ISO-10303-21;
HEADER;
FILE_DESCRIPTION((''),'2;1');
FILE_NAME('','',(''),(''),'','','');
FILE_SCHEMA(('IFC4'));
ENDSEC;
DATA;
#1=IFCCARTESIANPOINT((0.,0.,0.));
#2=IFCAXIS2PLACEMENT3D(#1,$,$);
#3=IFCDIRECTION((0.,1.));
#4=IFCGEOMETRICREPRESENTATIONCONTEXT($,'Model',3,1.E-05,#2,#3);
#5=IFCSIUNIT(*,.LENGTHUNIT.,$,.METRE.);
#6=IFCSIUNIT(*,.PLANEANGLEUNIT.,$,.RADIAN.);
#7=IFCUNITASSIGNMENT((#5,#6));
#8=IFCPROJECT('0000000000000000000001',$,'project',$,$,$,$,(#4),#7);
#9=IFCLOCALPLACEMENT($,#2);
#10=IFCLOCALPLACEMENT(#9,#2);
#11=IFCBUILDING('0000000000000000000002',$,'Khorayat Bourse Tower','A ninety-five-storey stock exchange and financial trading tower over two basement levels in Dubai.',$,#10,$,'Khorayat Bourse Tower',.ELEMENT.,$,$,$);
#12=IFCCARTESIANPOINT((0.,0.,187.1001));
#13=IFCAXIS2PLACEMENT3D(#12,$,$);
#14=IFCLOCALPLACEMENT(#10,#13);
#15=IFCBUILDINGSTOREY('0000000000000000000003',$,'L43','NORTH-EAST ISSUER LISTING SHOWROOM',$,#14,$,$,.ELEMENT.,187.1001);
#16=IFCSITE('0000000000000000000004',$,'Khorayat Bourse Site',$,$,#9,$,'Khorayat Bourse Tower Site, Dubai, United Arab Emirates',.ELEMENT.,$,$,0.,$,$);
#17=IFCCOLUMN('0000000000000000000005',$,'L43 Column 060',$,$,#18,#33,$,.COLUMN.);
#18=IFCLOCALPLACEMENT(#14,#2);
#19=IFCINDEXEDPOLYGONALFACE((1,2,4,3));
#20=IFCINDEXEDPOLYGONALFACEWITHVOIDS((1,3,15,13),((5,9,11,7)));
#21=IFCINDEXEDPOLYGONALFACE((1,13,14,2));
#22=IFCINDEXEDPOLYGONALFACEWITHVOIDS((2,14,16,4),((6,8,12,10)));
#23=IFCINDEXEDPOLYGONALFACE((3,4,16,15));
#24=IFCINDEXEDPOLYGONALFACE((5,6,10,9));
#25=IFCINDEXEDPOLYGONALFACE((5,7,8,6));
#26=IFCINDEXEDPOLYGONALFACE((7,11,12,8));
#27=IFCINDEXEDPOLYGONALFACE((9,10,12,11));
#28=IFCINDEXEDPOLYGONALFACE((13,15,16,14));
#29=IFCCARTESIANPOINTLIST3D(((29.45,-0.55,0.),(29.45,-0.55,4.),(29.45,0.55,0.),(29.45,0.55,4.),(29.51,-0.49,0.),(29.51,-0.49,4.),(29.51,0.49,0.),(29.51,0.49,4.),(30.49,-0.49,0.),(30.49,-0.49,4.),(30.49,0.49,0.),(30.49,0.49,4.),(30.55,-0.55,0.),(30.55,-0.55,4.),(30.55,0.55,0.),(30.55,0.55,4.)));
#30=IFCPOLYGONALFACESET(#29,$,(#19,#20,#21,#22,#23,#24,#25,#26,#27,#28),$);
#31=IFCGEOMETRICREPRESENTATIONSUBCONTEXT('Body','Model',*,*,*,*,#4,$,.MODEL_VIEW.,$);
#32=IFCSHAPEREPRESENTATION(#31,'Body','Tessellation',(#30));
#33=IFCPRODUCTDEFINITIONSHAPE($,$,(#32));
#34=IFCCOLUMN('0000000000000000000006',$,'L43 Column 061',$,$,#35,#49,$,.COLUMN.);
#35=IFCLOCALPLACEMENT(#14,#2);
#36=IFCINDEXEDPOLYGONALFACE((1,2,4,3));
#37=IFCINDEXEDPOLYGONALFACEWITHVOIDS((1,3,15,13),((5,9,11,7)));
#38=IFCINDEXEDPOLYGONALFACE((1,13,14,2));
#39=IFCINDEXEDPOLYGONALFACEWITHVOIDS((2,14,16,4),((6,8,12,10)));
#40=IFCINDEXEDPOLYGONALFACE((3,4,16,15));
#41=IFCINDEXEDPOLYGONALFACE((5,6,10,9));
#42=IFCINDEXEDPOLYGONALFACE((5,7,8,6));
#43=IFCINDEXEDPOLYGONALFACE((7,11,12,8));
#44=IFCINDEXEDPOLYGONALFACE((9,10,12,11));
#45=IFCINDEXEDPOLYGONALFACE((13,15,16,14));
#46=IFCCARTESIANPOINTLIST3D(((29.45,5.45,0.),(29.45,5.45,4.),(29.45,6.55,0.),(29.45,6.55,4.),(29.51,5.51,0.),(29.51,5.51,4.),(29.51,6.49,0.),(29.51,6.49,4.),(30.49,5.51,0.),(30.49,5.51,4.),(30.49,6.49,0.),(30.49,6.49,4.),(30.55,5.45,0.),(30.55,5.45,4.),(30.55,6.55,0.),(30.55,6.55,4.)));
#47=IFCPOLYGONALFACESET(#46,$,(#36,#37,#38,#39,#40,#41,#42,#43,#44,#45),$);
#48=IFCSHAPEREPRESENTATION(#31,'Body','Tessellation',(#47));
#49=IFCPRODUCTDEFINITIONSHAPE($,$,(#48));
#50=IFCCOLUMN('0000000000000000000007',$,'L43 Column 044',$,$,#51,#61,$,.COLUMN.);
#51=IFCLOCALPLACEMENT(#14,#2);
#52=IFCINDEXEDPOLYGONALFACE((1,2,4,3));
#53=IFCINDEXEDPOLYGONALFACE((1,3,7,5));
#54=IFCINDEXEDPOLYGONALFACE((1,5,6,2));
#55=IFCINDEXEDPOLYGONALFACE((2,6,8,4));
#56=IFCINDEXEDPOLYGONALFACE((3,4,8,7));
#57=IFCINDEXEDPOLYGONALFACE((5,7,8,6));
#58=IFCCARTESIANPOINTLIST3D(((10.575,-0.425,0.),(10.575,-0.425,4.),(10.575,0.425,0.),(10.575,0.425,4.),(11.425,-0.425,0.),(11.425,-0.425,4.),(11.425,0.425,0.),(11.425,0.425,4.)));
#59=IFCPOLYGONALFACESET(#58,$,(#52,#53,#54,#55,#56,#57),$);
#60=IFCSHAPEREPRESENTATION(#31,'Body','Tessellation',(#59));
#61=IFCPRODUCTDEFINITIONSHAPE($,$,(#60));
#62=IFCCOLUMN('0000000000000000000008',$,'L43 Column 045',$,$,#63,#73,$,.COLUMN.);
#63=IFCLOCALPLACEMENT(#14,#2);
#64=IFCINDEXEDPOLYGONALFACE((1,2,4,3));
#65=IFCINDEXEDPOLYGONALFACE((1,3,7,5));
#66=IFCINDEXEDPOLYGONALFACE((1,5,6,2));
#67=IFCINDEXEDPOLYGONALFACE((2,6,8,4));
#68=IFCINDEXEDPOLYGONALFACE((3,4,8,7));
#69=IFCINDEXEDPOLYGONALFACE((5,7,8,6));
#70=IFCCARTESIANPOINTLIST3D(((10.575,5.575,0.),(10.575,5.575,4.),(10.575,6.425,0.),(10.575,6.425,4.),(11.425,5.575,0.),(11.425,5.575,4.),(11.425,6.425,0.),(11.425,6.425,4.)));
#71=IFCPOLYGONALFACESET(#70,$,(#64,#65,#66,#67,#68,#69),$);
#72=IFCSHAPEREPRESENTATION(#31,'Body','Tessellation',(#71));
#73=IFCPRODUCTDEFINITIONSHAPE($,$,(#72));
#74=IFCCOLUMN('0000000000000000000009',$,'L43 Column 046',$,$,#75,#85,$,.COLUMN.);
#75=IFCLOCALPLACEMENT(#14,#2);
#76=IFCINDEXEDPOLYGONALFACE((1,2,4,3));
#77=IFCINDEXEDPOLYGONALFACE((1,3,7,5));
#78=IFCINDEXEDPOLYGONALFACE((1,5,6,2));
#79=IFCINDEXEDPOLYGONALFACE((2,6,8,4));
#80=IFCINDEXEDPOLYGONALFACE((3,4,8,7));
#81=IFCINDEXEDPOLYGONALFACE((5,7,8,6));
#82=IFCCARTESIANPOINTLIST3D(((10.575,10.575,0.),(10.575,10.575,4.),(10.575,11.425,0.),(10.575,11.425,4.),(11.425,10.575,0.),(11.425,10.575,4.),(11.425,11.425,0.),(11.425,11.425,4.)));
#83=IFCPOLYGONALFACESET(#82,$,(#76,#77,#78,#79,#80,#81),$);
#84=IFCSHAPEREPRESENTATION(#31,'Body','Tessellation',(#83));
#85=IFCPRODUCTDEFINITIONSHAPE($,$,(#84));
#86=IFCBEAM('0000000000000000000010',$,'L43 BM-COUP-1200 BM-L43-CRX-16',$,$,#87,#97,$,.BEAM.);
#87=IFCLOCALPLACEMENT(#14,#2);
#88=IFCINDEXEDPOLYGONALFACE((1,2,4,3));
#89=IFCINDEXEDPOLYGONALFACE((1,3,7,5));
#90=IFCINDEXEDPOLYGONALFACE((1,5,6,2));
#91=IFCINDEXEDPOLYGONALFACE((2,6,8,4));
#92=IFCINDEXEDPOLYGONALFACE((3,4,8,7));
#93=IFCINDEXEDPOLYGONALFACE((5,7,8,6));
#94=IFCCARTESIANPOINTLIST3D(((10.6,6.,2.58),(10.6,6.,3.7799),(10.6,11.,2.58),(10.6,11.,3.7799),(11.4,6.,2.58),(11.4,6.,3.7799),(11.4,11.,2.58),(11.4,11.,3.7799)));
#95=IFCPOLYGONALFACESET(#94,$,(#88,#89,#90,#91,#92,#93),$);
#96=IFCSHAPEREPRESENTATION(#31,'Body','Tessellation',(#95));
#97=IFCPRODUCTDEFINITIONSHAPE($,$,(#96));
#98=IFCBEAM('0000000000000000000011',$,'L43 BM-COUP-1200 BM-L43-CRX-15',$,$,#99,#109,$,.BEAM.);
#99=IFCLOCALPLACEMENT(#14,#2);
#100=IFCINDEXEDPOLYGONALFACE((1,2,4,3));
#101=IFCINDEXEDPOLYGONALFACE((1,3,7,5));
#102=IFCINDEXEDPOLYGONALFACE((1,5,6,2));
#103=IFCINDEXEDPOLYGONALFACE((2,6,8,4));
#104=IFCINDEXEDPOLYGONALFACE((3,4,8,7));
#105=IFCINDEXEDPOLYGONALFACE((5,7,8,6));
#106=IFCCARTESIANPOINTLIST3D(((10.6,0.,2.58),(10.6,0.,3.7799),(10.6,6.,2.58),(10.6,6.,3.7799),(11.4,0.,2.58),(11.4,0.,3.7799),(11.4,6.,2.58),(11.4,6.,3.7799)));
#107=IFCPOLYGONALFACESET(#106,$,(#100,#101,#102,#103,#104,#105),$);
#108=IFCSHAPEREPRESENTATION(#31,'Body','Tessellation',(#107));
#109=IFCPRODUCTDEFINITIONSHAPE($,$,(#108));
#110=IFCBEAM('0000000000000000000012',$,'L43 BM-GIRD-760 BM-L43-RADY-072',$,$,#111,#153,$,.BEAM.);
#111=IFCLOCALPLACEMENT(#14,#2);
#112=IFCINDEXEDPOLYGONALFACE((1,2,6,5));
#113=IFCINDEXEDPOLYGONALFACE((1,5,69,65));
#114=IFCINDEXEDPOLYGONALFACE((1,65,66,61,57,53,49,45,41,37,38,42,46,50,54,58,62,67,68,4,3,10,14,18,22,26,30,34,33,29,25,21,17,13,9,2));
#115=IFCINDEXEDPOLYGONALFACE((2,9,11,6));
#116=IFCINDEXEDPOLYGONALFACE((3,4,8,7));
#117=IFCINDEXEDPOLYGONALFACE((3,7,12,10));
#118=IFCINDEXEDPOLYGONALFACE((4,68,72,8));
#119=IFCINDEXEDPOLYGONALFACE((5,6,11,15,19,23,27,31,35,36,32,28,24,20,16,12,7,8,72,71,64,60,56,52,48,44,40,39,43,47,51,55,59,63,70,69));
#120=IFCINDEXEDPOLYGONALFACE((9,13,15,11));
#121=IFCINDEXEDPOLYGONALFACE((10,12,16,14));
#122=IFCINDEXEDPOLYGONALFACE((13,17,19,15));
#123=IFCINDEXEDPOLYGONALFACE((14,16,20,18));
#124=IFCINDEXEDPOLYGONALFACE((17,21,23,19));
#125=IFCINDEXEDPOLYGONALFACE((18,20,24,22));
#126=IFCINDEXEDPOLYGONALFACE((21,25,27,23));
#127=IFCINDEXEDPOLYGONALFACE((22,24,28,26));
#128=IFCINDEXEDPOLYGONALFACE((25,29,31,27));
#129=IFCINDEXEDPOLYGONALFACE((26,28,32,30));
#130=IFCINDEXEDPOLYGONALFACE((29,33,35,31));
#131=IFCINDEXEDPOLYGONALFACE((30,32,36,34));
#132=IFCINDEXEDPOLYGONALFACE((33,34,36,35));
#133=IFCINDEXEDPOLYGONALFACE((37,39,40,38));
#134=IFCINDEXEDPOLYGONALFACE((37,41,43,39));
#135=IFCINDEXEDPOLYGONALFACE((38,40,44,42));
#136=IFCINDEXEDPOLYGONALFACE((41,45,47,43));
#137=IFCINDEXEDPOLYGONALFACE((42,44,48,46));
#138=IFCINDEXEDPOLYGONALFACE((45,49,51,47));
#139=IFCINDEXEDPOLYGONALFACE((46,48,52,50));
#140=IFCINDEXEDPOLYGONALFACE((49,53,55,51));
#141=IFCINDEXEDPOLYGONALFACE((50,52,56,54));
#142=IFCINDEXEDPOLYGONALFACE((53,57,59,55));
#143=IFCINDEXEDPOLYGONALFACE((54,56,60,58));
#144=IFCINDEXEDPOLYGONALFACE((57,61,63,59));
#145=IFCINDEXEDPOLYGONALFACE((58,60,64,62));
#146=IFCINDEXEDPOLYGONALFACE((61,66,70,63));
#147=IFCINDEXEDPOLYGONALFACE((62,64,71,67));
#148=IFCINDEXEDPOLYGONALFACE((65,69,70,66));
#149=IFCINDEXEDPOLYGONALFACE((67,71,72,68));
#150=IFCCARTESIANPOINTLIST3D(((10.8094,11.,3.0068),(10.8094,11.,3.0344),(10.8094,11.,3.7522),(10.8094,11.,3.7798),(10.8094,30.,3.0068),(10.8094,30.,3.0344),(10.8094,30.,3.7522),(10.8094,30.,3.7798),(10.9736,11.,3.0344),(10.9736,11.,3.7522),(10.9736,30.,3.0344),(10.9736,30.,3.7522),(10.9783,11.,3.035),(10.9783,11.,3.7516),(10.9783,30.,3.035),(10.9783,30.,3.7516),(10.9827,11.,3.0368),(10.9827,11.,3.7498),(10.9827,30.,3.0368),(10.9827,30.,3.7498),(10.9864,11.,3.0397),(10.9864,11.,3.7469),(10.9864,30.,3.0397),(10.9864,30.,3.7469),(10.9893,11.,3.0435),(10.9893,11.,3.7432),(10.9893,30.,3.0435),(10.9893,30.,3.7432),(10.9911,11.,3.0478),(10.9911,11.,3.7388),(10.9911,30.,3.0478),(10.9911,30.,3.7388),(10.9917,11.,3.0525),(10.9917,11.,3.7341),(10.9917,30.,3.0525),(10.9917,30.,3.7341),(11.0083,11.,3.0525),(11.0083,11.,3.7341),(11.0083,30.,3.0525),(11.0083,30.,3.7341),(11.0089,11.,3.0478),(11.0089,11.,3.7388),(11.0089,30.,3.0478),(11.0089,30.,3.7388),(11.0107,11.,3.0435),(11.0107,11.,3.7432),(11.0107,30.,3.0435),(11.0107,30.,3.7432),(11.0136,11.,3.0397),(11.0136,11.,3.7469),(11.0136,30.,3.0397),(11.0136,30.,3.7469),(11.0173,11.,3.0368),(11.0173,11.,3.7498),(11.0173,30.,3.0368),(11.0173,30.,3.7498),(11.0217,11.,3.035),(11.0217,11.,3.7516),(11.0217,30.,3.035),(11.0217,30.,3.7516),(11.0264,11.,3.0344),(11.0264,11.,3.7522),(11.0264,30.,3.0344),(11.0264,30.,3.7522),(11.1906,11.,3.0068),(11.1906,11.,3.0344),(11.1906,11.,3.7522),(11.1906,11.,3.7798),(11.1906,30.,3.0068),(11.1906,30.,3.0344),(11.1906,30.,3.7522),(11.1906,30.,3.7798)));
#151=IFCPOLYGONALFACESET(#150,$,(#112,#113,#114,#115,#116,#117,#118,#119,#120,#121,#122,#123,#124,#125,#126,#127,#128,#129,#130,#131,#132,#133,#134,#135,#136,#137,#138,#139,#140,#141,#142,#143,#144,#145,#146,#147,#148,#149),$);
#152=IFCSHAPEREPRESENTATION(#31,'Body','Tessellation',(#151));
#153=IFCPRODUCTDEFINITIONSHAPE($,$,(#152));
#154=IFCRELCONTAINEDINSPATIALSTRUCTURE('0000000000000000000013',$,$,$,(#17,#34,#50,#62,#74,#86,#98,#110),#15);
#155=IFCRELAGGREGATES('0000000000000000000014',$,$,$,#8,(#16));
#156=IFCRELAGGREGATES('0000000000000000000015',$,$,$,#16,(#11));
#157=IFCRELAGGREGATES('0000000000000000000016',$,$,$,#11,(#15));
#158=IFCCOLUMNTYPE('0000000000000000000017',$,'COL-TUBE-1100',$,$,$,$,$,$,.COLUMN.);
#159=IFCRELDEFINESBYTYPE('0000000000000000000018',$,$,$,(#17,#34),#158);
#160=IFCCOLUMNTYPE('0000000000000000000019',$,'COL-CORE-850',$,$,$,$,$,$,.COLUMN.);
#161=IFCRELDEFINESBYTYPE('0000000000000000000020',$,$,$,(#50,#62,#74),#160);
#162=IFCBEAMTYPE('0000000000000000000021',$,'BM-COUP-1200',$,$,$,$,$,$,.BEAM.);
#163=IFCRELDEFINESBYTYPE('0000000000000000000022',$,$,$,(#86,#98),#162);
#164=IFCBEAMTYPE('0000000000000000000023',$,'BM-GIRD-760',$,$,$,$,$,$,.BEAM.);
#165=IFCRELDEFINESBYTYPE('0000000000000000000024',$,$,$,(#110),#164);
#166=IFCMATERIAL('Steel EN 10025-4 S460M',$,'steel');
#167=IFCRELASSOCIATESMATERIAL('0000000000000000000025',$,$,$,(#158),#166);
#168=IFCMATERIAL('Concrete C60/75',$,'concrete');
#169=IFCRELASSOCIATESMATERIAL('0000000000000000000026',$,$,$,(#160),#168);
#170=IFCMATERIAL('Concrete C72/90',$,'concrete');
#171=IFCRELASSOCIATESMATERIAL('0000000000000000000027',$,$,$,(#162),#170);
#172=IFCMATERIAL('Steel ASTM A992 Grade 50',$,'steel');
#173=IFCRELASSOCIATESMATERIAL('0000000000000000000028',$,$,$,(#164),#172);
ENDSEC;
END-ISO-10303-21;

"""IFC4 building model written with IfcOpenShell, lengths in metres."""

from ifc_helpers import new_model, si_unit, direction, frame, origin, origin_2d, place, context, subcontext, project, spatial, rectangle, hollow_rectangle, i_section, extrude, source, transform, mapped, material, material_profile, profile_set, type_object, element, save


model = new_model("IFC4")

# Units and contexts
model_context = context("Model", 3, precision=1e-05, world=origin(), true_north=direction((0.0, 1.0)))
body_context = subcontext(model_context, "Body", "Model", "MODEL_VIEW")
ifc_project = project(units=[si_unit("LENGTHUNIT", "METRE"), si_unit("PLANEANGLEUNIT", "RADIAN")], contexts=[model_context])

# Site, building, storey
site_placement = place(None, origin())
site = spatial("IfcSite", under=ifc_project, at=site_placement, Name="Khorayat Bourse Site", LongName="Khorayat Bourse Tower Site, Dubai, United Arab Emirates", CompositionType="ELEMENT", RefElevation=0.0)
building_placement = place(site_placement, origin())
building = spatial("IfcBuilding", under=site, at=building_placement, Name="Khorayat Bourse Tower", Description="A ninety-five-storey stock exchange and financial trading tower over two basement levels in Dubai.", LongName="Khorayat Bourse Tower", CompositionType="ELEMENT")
storey_placement = place(building_placement, frame((0.0, 0.0, 187.1001)))
storey = spatial("IfcBuildingStorey", under=building, at=storey_placement, Name="L43", Description="NORTH-EAST ISSUER LISTING SHOWROOM", CompositionType="ELEMENT", Elevation=187.1001)

# Columns
ifc_material_1 = material(Name="Steel EN 10025-4 S460M", Category="steel")
ifc_material_profile_1 = material_profile(ifc_material_1, hollow_rectangle(XDim=1.1001, YDim=1.1001, WallThickness=0.0601, at=origin_2d()), Name="BOX 1100x1100x60")
ifc_profile_set_1 = profile_set([ifc_material_profile_1], Name="Steel EN 10025-4 S460M")
column_type_1 = type_object("IfcColumnType", Name="COL-TUBE-1100", PredefinedType="COLUMN", material=ifc_profile_set_1)
shared_shape_1 = source(origin(), body_context, "Body", "SweptSolid", [
    extrude(hollow_rectangle(XDim=1.1001, YDim=1.1001, WallThickness=0.0601, at=origin_2d()), origin(), (0.0, 0.0, 1.0), 4.0),
])
for number, where, z_axis, x_axis, name in (
    (1, (30.0, 0.0, 0.0), (0.0, 0.0, 1.0), (1.0, 0.0, 0.0), "L43 Column 060"),
    (2, (30.0, 6.0, 0.0), (0.0, 0.0, 1.0), (1.0, 0.0, 0.0), "L43 Column 061"),
):
    element("IfcColumn", number, at=place(storey_placement, frame(where, z_axis=z_axis, x_axis=x_axis)), inside=storey, type_object=column_type_1, Name=name, PredefinedType="COLUMN", context=body_context, shape_type="MappedRepresentation", body=[
        mapped(shared_shape_1, transform((0.0, 0.0, 0.0), scale=1.0)),
    ])
ifc_material_2 = material(Name="Concrete C60/75", Category="concrete")
ifc_material_profile_2 = material_profile(ifc_material_2, rectangle(XDim=0.8501, YDim=0.8501, at=origin_2d()), Name="RC 850x850")
ifc_profile_set_2 = profile_set([ifc_material_profile_2], Name="Concrete C60/75")
column_type_2 = type_object("IfcColumnType", Name="COL-CORE-850", PredefinedType="COLUMN", material=ifc_profile_set_2)
shared_shape_2 = source(origin(), body_context, "Body", "SweptSolid", [
    extrude(rectangle(XDim=0.8501, YDim=0.8501, at=origin_2d()), origin(), (0.0, 0.0, 1.0), 4.0),
])
for number, where, z_axis, x_axis, name in (
    (3, (11.0, 0.0, 0.0), (0.0, 0.0, 1.0), (1.0, 0.0, 0.0), "L43 Column 044"),
    (4, (11.0, 6.0, 0.0), (0.0, 0.0, 1.0), (1.0, 0.0, 0.0), "L43 Column 045"),
    (5, (11.0, 11.0, 0.0), (0.0, 0.0, 1.0), (1.0, 0.0, 0.0), "L43 Column 046"),
):
    element("IfcColumn", number, at=place(storey_placement, frame(where, z_axis=z_axis, x_axis=x_axis)), inside=storey, type_object=column_type_2, Name=name, PredefinedType="COLUMN", context=body_context, shape_type="MappedRepresentation", body=[
        mapped(shared_shape_2, transform((0.0, 0.0, 0.0), scale=1.0)),
    ])

# Beams
ifc_material_3 = material(Name="Concrete C72/90", Category="concrete")
ifc_material_profile_3 = material_profile(ifc_material_3, rectangle(XDim=0.8, YDim=1.2, at=origin_2d()), Name="RC 800x1200")
ifc_profile_set_3 = profile_set([ifc_material_profile_3], Name="Concrete C72/90")
beam_type_1 = type_object("IfcBeamType", Name="BM-COUP-1200", PredefinedType="BEAM", material=ifc_profile_set_3)
shared_shape_3 = source(origin(), body_context, "Body", "SweptSolid", [
    extrude(rectangle(XDim=0.8, YDim=1.2, at=origin_2d()), origin(), (0.0, 0.0, 1.0), 5.0),
])
beam_1_placement = place(storey_placement, frame((11.0, 6.0, 3.1799), z_axis=(0.0, 1.0, 0.0), x_axis=(-1.0, 0.0, 0.0)))
element("IfcBeam", 6, at=beam_1_placement, inside=storey, type_object=beam_type_1, Name="L43 BM-COUP-1200 BM-L43-CRX-16", PredefinedType="BEAM", context=body_context, shape_type="MappedRepresentation", body=[
    mapped(shared_shape_3, transform((0.0, 0.0, 0.0), scale=1.0)),
])
shared_shape_4 = source(origin(), body_context, "Body", "SweptSolid", [
    extrude(rectangle(XDim=0.8, YDim=1.2, at=origin_2d()), origin(), (0.0, 0.0, 1.0), 6.0),
])
beam_2_placement = place(storey_placement, frame((11.0, 0.0, 3.1799), z_axis=(0.0, 1.0, 0.0), x_axis=(-1.0, 0.0, 0.0)))
element("IfcBeam", 7, at=beam_2_placement, inside=storey, type_object=beam_type_1, Name="L43 BM-COUP-1200 BM-L43-CRX-15", PredefinedType="BEAM", context=body_context, shape_type="MappedRepresentation", body=[
    mapped(shared_shape_4, transform((0.0, 0.0, 0.0), scale=1.0)),
])
ifc_material_4 = material(Name="Steel ASTM A992 Grade 50", Category="steel")
ifc_material_profile_4 = material_profile(ifc_material_4, i_section(OverallWidth=0.3811, OverallDepth=0.7729, WebThickness=0.0166, FlangeThickness=0.0276, FilletRadius=0.0181, at=origin_2d()), Name="W760X257")
ifc_profile_set_4 = profile_set([ifc_material_profile_4], Name="Steel ASTM A992 Grade 50")
beam_type_2 = type_object("IfcBeamType", Name="BM-GIRD-760", PredefinedType="BEAM", material=ifc_profile_set_4)
shared_shape_5 = source(origin(), body_context, "Body", "SweptSolid", [
    extrude(i_section(OverallWidth=0.3811, OverallDepth=0.7729, WebThickness=0.0166, FlangeThickness=0.0276, FilletRadius=0.0181, at=origin_2d()), origin(), (0.0, 0.0, 1.0), 19.0),
])
for number, where, z_axis, x_axis, name in (
    (8, (11.0, 11.0, 3.3933), (0.0, 1.0, 0.0), (-1.0, 0.0, 0.0), "L43 BM-GIRD-760 BM-L43-RADY-072"),
):
    element("IfcBeam", number, at=place(storey_placement, frame(where, z_axis=z_axis, x_axis=x_axis)), inside=storey, type_object=beam_type_2, Name=name, PredefinedType="BEAM", context=body_context, shape_type="MappedRepresentation", body=[
        mapped(shared_shape_5, transform((0.0, 0.0, 0.0), scale=1.0)),
    ])

save(model, "model.ifc")
